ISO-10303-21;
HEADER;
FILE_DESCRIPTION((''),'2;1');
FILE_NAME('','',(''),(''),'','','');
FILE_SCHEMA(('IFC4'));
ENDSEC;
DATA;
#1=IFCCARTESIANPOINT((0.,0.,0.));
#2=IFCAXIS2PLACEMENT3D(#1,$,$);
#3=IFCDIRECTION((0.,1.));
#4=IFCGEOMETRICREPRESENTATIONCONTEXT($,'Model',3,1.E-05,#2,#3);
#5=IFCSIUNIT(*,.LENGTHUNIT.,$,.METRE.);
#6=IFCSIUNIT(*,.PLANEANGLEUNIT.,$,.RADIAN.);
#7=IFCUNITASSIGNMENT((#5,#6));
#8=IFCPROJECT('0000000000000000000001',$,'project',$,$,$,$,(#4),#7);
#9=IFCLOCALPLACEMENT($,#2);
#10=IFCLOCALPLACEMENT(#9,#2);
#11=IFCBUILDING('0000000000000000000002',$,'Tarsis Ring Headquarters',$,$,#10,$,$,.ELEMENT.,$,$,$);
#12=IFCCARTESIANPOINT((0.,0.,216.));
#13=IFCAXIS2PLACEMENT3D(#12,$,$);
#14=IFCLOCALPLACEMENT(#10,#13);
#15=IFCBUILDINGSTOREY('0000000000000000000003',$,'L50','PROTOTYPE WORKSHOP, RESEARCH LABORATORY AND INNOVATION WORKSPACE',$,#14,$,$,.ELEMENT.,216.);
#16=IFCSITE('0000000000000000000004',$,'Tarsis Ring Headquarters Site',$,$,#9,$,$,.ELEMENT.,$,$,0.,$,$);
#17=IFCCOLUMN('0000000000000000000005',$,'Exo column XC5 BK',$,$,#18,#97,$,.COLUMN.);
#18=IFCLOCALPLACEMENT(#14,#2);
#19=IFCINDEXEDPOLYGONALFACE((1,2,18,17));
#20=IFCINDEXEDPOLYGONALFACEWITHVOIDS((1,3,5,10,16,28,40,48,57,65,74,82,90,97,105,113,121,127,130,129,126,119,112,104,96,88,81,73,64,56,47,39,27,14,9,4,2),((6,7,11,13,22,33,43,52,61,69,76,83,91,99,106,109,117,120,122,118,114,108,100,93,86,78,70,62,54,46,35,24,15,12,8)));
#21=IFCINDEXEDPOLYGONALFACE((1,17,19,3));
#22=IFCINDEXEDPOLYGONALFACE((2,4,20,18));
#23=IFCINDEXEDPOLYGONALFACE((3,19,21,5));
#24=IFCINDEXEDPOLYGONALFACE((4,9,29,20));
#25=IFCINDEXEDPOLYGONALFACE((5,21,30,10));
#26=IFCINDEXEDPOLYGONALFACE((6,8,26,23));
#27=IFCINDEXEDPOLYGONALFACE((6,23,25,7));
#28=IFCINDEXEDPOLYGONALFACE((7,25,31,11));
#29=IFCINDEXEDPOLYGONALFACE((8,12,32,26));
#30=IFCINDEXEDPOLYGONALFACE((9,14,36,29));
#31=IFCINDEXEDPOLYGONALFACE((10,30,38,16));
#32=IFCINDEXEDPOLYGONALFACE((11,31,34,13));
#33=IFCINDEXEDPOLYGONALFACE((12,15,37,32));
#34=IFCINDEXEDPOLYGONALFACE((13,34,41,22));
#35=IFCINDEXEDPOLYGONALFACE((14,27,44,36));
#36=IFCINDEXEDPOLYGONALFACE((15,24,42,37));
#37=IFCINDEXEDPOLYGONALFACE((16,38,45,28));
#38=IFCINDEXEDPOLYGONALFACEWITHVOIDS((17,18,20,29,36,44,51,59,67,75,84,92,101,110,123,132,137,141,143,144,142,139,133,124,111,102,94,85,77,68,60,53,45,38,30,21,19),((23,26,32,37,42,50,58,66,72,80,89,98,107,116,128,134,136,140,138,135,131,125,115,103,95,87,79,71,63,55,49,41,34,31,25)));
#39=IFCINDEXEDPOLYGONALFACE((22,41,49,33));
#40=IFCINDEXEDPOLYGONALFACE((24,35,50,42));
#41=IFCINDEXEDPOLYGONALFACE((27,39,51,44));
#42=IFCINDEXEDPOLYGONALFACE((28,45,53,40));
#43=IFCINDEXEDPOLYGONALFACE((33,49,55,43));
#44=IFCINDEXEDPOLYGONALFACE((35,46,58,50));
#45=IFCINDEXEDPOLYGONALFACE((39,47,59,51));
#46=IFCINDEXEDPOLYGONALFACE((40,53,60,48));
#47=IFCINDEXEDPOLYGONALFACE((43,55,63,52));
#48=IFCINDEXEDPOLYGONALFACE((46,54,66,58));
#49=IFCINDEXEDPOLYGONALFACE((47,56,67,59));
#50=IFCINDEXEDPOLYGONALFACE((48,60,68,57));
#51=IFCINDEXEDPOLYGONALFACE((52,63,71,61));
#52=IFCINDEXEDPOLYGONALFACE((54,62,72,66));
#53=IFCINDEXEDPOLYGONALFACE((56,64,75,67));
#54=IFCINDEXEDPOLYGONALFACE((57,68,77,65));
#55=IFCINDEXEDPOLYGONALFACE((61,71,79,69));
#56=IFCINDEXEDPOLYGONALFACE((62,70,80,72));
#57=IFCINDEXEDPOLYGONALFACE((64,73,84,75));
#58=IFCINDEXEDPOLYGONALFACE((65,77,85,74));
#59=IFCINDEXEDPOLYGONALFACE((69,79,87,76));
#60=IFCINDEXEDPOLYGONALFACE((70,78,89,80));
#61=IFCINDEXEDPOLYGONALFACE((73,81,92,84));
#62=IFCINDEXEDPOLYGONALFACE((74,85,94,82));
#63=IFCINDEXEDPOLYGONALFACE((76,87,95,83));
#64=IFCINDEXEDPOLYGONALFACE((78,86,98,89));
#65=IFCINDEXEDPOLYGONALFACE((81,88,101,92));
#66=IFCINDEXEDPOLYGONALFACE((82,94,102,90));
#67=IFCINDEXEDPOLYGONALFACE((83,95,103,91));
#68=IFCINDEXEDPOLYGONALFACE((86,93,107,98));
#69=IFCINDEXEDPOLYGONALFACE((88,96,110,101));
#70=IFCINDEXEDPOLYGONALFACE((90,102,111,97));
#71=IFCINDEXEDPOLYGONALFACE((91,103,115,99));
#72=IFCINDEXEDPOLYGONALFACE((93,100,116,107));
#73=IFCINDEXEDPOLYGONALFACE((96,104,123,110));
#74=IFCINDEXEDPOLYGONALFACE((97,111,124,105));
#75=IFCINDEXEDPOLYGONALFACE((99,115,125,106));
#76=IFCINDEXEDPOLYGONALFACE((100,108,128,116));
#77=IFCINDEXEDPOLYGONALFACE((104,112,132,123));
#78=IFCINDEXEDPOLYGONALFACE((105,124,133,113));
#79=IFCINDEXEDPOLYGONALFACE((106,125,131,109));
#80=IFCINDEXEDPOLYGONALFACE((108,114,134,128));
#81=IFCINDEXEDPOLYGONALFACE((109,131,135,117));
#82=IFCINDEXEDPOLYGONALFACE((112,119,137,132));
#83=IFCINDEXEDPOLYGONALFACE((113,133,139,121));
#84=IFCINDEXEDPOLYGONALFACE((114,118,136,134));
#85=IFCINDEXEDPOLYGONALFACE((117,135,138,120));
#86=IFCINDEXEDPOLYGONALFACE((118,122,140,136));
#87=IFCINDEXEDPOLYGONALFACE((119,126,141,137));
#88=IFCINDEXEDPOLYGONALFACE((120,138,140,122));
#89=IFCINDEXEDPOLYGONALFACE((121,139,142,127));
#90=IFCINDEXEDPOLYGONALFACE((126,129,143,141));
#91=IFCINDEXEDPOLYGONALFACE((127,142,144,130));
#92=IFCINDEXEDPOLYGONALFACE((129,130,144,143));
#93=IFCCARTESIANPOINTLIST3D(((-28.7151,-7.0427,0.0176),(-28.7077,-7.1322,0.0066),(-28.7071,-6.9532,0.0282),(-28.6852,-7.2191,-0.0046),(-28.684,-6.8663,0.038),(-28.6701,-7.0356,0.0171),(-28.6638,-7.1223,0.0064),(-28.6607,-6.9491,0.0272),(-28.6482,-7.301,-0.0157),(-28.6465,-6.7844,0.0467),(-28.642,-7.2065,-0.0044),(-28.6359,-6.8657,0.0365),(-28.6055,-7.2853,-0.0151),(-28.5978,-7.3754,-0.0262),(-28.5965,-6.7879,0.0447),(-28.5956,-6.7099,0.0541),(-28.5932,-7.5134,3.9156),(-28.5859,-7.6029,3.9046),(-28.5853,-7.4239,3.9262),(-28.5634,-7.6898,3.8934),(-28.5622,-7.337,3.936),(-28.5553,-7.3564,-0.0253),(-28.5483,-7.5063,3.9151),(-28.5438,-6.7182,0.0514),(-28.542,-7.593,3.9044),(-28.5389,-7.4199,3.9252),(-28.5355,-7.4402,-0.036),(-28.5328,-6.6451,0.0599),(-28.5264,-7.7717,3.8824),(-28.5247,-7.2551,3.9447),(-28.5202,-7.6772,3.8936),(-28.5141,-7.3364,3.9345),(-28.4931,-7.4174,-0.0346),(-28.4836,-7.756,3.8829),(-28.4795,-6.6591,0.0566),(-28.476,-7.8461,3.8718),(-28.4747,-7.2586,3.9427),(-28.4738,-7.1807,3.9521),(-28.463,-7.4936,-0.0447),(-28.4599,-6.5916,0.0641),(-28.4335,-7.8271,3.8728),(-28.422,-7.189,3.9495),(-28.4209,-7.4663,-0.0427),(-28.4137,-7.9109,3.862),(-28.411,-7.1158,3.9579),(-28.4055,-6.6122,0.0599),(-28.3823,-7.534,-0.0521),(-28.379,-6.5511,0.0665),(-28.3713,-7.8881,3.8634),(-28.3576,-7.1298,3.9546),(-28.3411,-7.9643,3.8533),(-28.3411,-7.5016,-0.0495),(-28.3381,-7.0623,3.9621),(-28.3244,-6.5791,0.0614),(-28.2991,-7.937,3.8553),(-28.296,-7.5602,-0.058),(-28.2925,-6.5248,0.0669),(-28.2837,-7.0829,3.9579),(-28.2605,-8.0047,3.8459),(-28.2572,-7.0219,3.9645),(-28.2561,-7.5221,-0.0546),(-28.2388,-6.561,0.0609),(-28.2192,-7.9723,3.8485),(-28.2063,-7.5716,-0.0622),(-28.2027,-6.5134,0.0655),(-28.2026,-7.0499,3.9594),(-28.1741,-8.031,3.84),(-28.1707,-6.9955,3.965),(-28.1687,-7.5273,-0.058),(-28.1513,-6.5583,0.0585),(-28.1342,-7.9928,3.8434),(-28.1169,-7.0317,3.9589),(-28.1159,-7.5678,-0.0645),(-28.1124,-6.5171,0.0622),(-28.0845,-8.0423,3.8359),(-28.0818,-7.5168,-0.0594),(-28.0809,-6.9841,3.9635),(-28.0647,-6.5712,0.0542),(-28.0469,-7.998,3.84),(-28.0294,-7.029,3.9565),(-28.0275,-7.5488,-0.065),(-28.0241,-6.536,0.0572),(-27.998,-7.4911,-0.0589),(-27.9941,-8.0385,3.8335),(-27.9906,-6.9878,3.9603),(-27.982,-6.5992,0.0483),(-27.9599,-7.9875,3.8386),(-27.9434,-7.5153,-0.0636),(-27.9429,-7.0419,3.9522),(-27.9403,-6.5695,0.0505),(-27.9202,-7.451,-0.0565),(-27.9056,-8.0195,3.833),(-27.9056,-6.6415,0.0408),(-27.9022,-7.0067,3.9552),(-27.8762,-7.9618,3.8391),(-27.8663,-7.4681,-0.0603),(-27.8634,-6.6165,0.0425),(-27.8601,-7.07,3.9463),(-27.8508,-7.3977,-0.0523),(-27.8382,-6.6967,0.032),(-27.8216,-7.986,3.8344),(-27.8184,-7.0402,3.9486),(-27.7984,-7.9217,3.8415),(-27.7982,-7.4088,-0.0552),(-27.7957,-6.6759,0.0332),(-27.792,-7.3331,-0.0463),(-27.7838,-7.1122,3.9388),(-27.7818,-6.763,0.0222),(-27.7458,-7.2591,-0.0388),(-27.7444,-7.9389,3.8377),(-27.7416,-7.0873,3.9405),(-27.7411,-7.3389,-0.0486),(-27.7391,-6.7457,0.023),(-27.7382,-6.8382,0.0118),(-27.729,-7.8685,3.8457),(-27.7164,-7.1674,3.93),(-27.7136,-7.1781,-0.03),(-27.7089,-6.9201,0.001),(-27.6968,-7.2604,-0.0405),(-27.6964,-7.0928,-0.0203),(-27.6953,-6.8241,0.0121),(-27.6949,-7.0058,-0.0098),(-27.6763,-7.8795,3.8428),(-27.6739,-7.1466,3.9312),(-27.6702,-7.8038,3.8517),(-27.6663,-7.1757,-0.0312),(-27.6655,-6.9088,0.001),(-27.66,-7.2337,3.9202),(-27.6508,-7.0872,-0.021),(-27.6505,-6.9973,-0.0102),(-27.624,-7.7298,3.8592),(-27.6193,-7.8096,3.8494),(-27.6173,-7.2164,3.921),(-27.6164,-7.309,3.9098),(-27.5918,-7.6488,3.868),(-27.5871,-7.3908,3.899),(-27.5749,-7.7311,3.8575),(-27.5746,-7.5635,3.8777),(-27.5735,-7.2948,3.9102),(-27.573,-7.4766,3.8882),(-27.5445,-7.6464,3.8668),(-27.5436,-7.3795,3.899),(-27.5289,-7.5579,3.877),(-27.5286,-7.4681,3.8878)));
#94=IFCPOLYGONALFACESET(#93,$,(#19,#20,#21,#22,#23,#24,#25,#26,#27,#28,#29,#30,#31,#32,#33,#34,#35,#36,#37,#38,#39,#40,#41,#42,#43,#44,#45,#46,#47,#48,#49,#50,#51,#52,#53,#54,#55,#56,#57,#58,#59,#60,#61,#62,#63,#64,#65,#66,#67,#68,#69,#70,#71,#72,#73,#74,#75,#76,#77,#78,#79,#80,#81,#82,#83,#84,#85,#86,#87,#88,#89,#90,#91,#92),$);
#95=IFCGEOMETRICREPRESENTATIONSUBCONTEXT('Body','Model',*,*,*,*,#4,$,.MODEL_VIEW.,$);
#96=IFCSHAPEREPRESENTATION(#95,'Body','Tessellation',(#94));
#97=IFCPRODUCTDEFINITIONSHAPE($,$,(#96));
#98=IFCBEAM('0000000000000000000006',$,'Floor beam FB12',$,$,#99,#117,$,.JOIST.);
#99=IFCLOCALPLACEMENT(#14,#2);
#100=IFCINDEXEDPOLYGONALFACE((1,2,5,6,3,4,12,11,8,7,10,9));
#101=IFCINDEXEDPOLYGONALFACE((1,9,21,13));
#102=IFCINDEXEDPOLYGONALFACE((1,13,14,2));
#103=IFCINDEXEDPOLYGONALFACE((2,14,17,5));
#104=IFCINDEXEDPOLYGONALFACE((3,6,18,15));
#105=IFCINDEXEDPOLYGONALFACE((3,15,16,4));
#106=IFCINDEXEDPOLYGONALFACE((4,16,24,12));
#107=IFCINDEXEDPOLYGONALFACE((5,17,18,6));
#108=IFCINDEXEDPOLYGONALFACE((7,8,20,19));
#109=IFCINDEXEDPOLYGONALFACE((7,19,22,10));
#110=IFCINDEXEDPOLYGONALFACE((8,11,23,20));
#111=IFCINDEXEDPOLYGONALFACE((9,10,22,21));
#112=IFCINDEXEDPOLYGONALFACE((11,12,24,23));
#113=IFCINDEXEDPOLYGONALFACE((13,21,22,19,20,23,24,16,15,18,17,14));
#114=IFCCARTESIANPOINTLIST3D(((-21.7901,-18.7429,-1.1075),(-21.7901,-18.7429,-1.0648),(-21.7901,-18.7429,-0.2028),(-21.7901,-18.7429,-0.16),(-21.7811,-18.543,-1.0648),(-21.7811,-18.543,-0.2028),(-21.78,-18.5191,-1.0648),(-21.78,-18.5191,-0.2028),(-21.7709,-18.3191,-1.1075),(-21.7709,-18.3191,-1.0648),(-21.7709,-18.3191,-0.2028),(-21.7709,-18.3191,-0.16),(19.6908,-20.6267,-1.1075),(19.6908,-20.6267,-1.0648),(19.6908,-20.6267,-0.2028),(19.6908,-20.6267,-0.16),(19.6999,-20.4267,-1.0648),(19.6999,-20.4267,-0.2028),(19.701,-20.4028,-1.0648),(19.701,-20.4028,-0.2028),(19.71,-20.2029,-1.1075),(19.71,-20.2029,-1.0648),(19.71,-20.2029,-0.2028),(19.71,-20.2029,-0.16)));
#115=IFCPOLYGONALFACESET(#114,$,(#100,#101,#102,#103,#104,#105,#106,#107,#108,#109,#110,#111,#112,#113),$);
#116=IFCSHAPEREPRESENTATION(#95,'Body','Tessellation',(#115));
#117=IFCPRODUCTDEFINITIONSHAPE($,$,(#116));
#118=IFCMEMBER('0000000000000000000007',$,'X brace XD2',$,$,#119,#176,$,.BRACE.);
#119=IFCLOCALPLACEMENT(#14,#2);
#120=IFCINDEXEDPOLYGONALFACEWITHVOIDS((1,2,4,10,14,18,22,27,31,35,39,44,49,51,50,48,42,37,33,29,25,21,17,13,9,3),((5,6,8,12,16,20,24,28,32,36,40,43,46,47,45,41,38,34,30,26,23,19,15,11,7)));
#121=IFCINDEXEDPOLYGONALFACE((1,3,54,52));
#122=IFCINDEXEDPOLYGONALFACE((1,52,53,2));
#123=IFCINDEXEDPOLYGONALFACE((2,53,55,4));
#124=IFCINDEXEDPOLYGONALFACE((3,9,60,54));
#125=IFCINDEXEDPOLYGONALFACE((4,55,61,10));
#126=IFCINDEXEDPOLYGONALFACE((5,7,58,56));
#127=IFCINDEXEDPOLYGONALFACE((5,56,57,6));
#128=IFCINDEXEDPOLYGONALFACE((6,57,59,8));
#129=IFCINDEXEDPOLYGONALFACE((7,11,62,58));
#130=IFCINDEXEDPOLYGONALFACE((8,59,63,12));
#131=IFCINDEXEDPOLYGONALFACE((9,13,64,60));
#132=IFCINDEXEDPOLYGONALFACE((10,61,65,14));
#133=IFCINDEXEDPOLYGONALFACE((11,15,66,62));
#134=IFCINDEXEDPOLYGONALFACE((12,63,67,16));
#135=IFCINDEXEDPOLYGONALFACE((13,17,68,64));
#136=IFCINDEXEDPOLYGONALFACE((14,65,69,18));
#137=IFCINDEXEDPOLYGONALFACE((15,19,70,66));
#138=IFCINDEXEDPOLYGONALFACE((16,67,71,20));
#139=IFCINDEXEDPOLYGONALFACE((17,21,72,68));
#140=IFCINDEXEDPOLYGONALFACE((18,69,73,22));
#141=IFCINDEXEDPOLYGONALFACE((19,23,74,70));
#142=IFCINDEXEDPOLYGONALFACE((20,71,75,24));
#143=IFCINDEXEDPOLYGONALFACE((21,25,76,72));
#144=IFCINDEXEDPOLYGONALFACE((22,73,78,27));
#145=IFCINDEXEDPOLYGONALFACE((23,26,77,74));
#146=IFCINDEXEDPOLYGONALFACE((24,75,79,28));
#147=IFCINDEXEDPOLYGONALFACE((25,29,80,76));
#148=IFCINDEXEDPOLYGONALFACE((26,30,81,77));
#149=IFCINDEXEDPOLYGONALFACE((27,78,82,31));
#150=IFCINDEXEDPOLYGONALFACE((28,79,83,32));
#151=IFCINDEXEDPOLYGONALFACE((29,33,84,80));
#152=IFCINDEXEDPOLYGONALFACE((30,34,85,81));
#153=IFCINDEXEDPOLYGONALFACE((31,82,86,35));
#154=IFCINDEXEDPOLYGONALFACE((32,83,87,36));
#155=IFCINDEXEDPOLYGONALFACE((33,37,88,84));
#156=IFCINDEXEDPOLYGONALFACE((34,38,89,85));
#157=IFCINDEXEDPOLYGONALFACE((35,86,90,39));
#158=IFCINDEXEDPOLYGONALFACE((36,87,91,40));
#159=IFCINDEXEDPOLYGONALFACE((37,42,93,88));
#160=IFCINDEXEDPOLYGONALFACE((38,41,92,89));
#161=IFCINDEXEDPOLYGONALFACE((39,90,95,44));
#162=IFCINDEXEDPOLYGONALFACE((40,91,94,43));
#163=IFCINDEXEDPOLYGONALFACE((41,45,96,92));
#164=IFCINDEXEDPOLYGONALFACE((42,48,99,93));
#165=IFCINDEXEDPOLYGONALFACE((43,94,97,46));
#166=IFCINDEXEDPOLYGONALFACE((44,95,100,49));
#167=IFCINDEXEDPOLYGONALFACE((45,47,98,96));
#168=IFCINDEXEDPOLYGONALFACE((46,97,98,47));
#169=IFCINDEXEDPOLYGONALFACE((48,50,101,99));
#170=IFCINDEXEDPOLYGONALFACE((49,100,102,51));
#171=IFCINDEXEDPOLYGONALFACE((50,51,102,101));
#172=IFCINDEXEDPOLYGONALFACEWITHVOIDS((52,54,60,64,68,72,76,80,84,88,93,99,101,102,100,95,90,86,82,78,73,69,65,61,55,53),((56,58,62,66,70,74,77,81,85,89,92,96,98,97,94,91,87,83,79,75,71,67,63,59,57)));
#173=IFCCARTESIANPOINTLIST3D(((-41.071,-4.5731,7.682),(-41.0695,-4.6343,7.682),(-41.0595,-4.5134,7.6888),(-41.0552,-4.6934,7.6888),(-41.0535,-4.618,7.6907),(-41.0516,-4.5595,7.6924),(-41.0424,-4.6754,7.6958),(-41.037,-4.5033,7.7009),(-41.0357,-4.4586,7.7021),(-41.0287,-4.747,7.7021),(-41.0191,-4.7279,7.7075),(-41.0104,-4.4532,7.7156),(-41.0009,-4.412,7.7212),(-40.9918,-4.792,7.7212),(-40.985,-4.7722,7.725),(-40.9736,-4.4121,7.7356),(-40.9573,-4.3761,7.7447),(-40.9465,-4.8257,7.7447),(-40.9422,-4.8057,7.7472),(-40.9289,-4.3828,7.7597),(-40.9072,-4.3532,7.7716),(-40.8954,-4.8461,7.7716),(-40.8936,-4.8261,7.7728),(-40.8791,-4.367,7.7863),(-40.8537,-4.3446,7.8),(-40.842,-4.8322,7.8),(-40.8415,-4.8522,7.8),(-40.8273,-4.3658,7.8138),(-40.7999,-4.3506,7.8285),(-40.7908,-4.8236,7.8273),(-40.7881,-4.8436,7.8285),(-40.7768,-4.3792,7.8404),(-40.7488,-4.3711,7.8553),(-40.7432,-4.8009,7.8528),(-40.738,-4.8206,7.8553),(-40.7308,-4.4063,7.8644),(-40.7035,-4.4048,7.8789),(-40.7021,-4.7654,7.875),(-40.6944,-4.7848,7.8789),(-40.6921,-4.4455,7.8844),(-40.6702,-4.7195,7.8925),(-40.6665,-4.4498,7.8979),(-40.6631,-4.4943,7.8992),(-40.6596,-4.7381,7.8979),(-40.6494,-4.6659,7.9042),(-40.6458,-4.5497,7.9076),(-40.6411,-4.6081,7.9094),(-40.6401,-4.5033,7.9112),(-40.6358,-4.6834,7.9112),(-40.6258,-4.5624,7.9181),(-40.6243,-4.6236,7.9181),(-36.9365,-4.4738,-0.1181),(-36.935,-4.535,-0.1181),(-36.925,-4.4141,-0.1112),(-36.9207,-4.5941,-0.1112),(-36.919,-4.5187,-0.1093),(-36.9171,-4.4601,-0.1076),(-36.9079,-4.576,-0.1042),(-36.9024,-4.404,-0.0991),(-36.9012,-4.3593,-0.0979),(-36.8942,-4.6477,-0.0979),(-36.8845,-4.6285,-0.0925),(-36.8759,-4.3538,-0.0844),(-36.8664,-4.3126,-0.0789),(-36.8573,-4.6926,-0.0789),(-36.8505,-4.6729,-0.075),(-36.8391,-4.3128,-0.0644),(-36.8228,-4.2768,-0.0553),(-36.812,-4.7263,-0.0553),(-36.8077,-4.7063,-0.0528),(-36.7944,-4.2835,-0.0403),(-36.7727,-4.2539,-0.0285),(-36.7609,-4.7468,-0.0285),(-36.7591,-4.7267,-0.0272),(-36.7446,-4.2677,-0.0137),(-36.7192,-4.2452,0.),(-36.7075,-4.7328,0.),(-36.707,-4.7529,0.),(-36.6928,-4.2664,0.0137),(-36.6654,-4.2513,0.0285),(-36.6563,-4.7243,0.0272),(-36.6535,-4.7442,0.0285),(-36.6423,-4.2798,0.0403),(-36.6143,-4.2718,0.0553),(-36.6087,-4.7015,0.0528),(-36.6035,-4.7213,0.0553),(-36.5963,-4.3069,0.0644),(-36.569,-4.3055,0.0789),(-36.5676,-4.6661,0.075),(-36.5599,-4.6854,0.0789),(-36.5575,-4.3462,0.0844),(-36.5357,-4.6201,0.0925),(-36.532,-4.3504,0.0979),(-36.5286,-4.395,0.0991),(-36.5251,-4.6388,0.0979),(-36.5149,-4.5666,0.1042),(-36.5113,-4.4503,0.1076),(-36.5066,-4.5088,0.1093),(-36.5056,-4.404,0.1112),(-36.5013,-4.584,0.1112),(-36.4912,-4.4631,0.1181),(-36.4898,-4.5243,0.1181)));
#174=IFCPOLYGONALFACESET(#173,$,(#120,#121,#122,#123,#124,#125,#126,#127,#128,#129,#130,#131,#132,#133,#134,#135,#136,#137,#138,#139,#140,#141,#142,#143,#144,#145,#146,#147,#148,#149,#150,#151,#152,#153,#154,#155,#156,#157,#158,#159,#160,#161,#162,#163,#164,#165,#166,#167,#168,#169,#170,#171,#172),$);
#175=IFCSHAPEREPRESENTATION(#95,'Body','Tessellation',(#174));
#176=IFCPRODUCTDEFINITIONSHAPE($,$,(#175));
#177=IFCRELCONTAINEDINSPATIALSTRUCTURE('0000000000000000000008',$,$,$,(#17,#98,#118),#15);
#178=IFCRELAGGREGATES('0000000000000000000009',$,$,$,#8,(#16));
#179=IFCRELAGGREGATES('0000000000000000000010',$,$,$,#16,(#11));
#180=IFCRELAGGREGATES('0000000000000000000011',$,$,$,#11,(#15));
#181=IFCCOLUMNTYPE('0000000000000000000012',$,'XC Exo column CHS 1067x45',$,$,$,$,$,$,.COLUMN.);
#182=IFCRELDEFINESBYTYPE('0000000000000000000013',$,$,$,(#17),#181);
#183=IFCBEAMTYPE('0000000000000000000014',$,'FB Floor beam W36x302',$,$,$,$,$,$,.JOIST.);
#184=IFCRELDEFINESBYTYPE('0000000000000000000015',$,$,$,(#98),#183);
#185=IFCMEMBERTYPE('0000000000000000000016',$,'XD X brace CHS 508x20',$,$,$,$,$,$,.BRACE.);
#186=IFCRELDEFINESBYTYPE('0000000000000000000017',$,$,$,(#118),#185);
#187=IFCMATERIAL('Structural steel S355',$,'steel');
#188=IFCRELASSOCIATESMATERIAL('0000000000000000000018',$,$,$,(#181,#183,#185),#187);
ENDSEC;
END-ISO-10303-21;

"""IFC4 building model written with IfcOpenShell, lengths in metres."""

from ifc_helpers import new_model, si_unit, direction, frame, origin, origin_2d, place, context, subcontext, project, spatial, hollow_circle, i_section, extrude, material, material_profile, profile_set, type_object, element, save


model = new_model("IFC4")

# Units and contexts
model_context = context("Model", 3, precision=1e-05, world=origin(), true_north=direction((0.0, 1.0)))
body_context = subcontext(model_context, "Body", "Model", "MODEL_VIEW")
ifc_project = project(units=[si_unit("LENGTHUNIT", "METRE"), si_unit("PLANEANGLEUNIT", "RADIAN")], contexts=[model_context])

# Site, building, storey
site_placement = place(None, origin())
site = spatial("IfcSite", under=ifc_project, at=site_placement, Name="Tarsis Ring Headquarters Site", CompositionType="ELEMENT", RefElevation=0.0)
building_placement = place(site_placement, origin())
building = spatial("IfcBuilding", under=site, at=building_placement, Name="Tarsis Ring Headquarters", CompositionType="ELEMENT")
storey_placement = place(building_placement, frame((0.0, 0.0, 216.0)))
storey = spatial("IfcBuildingStorey", under=building, at=storey_placement, Name="L50", Description="PROTOTYPE WORKSHOP, RESEARCH LABORATORY AND INNOVATION WORKSPACE", CompositionType="ELEMENT", Elevation=216.0)

# Column
ifc_material_1 = material(Name="Structural steel S355", Category="steel")
ifc_material_profile_1 = material_profile(ifc_material_1, hollow_circle(Radius=0.5334, WallThickness=0.0449, at=origin_2d()), Name="CHS 1067x45")
ifc_profile_set_1 = profile_set([ifc_material_profile_1], Name="Structural steel S355")
column_type = type_object("IfcColumnType", Name="XC Exo column CHS 1067x45", PredefinedType="COLUMN", material=ifc_profile_set_1)
column_1_placement = place(storey_placement, frame((-28.1819, -7.0425, 0.001), z_axis=(0.031014, -0.119828, 0.99231), x_axis=(0.968101, 0.250561, 0.0)))
element("IfcColumn", 1, at=column_1_placement, inside=storey, type_object=column_type, Name="Exo column XC5 BK", PredefinedType="COLUMN", context=body_context, shape_type="SweptSolid", body=[
    extrude(hollow_circle(Radius=0.5334, WallThickness=0.0449, at=origin_2d()), origin(), (0.0, 0.0, 1.0), 3.9282),
])

# Beam
ifc_material_profile_2 = material_profile(ifc_material_1, i_section(OverallWidth=0.4243, OverallDepth=0.9475, WebThickness=0.0239, FlangeThickness=0.0427, at=origin_2d()), Name="W36x302")
ifc_profile_set_2 = profile_set([ifc_material_profile_2], Name="Structural steel S355")
beam_type_1 = type_object("IfcBeamType", Name="FB Floor beam W36x302", PredefinedType="JOIST", material=ifc_profile_set_2)
beam_1_placement = place(storey_placement, frame((-21.7805, -18.531, -0.6338), z_axis=(0.99897, -0.045367, 0.0), x_axis=(0.045367, 0.99897, 0.0)))
element("IfcBeam", 2, at=beam_1_placement, inside=storey, type_object=beam_type_1, Name="Floor beam FB12", PredefinedType="JOIST", context=body_context, shape_type="SweptSolid", body=[
    extrude(i_section(OverallWidth=0.4243, OverallDepth=0.9475, WebThickness=0.0239, FlangeThickness=0.0427, at=origin_2d()), origin(), (0.0, 0.0, 1.0), 41.5237),
])

# Member
ifc_material_profile_3 = material_profile(ifc_material_1, hollow_circle(Radius=0.2539, WallThickness=0.02, at=origin_2d()), Name="CHS 508x20")
ifc_profile_set_3 = profile_set([ifc_material_profile_3], Name="Structural steel S355")
member_type = type_object("IfcMemberType", Name="XD X brace CHS 508x20", PredefinedType="BRACE", material=ifc_profile_set_3)
member_placement = place(storey_placement, frame((-36.7131, -4.499, 0.0), z_axis=(-0.468308, -0.011255, 0.883494), x_axis=(0.024026, -0.999711, 0.0)))
element("IfcMember", 3, at=member_placement, inside=storey, type_object=member_type, Name="X brace XD2", PredefinedType="BRACE", context=body_context, shape_type="SweptSolid", body=[
    extrude(hollow_circle(Radius=0.2539, WallThickness=0.02, at=origin_2d()), origin(), (0.0, 0.0, 1.0), 8.8286),
])

save(model, "model.ifc")
